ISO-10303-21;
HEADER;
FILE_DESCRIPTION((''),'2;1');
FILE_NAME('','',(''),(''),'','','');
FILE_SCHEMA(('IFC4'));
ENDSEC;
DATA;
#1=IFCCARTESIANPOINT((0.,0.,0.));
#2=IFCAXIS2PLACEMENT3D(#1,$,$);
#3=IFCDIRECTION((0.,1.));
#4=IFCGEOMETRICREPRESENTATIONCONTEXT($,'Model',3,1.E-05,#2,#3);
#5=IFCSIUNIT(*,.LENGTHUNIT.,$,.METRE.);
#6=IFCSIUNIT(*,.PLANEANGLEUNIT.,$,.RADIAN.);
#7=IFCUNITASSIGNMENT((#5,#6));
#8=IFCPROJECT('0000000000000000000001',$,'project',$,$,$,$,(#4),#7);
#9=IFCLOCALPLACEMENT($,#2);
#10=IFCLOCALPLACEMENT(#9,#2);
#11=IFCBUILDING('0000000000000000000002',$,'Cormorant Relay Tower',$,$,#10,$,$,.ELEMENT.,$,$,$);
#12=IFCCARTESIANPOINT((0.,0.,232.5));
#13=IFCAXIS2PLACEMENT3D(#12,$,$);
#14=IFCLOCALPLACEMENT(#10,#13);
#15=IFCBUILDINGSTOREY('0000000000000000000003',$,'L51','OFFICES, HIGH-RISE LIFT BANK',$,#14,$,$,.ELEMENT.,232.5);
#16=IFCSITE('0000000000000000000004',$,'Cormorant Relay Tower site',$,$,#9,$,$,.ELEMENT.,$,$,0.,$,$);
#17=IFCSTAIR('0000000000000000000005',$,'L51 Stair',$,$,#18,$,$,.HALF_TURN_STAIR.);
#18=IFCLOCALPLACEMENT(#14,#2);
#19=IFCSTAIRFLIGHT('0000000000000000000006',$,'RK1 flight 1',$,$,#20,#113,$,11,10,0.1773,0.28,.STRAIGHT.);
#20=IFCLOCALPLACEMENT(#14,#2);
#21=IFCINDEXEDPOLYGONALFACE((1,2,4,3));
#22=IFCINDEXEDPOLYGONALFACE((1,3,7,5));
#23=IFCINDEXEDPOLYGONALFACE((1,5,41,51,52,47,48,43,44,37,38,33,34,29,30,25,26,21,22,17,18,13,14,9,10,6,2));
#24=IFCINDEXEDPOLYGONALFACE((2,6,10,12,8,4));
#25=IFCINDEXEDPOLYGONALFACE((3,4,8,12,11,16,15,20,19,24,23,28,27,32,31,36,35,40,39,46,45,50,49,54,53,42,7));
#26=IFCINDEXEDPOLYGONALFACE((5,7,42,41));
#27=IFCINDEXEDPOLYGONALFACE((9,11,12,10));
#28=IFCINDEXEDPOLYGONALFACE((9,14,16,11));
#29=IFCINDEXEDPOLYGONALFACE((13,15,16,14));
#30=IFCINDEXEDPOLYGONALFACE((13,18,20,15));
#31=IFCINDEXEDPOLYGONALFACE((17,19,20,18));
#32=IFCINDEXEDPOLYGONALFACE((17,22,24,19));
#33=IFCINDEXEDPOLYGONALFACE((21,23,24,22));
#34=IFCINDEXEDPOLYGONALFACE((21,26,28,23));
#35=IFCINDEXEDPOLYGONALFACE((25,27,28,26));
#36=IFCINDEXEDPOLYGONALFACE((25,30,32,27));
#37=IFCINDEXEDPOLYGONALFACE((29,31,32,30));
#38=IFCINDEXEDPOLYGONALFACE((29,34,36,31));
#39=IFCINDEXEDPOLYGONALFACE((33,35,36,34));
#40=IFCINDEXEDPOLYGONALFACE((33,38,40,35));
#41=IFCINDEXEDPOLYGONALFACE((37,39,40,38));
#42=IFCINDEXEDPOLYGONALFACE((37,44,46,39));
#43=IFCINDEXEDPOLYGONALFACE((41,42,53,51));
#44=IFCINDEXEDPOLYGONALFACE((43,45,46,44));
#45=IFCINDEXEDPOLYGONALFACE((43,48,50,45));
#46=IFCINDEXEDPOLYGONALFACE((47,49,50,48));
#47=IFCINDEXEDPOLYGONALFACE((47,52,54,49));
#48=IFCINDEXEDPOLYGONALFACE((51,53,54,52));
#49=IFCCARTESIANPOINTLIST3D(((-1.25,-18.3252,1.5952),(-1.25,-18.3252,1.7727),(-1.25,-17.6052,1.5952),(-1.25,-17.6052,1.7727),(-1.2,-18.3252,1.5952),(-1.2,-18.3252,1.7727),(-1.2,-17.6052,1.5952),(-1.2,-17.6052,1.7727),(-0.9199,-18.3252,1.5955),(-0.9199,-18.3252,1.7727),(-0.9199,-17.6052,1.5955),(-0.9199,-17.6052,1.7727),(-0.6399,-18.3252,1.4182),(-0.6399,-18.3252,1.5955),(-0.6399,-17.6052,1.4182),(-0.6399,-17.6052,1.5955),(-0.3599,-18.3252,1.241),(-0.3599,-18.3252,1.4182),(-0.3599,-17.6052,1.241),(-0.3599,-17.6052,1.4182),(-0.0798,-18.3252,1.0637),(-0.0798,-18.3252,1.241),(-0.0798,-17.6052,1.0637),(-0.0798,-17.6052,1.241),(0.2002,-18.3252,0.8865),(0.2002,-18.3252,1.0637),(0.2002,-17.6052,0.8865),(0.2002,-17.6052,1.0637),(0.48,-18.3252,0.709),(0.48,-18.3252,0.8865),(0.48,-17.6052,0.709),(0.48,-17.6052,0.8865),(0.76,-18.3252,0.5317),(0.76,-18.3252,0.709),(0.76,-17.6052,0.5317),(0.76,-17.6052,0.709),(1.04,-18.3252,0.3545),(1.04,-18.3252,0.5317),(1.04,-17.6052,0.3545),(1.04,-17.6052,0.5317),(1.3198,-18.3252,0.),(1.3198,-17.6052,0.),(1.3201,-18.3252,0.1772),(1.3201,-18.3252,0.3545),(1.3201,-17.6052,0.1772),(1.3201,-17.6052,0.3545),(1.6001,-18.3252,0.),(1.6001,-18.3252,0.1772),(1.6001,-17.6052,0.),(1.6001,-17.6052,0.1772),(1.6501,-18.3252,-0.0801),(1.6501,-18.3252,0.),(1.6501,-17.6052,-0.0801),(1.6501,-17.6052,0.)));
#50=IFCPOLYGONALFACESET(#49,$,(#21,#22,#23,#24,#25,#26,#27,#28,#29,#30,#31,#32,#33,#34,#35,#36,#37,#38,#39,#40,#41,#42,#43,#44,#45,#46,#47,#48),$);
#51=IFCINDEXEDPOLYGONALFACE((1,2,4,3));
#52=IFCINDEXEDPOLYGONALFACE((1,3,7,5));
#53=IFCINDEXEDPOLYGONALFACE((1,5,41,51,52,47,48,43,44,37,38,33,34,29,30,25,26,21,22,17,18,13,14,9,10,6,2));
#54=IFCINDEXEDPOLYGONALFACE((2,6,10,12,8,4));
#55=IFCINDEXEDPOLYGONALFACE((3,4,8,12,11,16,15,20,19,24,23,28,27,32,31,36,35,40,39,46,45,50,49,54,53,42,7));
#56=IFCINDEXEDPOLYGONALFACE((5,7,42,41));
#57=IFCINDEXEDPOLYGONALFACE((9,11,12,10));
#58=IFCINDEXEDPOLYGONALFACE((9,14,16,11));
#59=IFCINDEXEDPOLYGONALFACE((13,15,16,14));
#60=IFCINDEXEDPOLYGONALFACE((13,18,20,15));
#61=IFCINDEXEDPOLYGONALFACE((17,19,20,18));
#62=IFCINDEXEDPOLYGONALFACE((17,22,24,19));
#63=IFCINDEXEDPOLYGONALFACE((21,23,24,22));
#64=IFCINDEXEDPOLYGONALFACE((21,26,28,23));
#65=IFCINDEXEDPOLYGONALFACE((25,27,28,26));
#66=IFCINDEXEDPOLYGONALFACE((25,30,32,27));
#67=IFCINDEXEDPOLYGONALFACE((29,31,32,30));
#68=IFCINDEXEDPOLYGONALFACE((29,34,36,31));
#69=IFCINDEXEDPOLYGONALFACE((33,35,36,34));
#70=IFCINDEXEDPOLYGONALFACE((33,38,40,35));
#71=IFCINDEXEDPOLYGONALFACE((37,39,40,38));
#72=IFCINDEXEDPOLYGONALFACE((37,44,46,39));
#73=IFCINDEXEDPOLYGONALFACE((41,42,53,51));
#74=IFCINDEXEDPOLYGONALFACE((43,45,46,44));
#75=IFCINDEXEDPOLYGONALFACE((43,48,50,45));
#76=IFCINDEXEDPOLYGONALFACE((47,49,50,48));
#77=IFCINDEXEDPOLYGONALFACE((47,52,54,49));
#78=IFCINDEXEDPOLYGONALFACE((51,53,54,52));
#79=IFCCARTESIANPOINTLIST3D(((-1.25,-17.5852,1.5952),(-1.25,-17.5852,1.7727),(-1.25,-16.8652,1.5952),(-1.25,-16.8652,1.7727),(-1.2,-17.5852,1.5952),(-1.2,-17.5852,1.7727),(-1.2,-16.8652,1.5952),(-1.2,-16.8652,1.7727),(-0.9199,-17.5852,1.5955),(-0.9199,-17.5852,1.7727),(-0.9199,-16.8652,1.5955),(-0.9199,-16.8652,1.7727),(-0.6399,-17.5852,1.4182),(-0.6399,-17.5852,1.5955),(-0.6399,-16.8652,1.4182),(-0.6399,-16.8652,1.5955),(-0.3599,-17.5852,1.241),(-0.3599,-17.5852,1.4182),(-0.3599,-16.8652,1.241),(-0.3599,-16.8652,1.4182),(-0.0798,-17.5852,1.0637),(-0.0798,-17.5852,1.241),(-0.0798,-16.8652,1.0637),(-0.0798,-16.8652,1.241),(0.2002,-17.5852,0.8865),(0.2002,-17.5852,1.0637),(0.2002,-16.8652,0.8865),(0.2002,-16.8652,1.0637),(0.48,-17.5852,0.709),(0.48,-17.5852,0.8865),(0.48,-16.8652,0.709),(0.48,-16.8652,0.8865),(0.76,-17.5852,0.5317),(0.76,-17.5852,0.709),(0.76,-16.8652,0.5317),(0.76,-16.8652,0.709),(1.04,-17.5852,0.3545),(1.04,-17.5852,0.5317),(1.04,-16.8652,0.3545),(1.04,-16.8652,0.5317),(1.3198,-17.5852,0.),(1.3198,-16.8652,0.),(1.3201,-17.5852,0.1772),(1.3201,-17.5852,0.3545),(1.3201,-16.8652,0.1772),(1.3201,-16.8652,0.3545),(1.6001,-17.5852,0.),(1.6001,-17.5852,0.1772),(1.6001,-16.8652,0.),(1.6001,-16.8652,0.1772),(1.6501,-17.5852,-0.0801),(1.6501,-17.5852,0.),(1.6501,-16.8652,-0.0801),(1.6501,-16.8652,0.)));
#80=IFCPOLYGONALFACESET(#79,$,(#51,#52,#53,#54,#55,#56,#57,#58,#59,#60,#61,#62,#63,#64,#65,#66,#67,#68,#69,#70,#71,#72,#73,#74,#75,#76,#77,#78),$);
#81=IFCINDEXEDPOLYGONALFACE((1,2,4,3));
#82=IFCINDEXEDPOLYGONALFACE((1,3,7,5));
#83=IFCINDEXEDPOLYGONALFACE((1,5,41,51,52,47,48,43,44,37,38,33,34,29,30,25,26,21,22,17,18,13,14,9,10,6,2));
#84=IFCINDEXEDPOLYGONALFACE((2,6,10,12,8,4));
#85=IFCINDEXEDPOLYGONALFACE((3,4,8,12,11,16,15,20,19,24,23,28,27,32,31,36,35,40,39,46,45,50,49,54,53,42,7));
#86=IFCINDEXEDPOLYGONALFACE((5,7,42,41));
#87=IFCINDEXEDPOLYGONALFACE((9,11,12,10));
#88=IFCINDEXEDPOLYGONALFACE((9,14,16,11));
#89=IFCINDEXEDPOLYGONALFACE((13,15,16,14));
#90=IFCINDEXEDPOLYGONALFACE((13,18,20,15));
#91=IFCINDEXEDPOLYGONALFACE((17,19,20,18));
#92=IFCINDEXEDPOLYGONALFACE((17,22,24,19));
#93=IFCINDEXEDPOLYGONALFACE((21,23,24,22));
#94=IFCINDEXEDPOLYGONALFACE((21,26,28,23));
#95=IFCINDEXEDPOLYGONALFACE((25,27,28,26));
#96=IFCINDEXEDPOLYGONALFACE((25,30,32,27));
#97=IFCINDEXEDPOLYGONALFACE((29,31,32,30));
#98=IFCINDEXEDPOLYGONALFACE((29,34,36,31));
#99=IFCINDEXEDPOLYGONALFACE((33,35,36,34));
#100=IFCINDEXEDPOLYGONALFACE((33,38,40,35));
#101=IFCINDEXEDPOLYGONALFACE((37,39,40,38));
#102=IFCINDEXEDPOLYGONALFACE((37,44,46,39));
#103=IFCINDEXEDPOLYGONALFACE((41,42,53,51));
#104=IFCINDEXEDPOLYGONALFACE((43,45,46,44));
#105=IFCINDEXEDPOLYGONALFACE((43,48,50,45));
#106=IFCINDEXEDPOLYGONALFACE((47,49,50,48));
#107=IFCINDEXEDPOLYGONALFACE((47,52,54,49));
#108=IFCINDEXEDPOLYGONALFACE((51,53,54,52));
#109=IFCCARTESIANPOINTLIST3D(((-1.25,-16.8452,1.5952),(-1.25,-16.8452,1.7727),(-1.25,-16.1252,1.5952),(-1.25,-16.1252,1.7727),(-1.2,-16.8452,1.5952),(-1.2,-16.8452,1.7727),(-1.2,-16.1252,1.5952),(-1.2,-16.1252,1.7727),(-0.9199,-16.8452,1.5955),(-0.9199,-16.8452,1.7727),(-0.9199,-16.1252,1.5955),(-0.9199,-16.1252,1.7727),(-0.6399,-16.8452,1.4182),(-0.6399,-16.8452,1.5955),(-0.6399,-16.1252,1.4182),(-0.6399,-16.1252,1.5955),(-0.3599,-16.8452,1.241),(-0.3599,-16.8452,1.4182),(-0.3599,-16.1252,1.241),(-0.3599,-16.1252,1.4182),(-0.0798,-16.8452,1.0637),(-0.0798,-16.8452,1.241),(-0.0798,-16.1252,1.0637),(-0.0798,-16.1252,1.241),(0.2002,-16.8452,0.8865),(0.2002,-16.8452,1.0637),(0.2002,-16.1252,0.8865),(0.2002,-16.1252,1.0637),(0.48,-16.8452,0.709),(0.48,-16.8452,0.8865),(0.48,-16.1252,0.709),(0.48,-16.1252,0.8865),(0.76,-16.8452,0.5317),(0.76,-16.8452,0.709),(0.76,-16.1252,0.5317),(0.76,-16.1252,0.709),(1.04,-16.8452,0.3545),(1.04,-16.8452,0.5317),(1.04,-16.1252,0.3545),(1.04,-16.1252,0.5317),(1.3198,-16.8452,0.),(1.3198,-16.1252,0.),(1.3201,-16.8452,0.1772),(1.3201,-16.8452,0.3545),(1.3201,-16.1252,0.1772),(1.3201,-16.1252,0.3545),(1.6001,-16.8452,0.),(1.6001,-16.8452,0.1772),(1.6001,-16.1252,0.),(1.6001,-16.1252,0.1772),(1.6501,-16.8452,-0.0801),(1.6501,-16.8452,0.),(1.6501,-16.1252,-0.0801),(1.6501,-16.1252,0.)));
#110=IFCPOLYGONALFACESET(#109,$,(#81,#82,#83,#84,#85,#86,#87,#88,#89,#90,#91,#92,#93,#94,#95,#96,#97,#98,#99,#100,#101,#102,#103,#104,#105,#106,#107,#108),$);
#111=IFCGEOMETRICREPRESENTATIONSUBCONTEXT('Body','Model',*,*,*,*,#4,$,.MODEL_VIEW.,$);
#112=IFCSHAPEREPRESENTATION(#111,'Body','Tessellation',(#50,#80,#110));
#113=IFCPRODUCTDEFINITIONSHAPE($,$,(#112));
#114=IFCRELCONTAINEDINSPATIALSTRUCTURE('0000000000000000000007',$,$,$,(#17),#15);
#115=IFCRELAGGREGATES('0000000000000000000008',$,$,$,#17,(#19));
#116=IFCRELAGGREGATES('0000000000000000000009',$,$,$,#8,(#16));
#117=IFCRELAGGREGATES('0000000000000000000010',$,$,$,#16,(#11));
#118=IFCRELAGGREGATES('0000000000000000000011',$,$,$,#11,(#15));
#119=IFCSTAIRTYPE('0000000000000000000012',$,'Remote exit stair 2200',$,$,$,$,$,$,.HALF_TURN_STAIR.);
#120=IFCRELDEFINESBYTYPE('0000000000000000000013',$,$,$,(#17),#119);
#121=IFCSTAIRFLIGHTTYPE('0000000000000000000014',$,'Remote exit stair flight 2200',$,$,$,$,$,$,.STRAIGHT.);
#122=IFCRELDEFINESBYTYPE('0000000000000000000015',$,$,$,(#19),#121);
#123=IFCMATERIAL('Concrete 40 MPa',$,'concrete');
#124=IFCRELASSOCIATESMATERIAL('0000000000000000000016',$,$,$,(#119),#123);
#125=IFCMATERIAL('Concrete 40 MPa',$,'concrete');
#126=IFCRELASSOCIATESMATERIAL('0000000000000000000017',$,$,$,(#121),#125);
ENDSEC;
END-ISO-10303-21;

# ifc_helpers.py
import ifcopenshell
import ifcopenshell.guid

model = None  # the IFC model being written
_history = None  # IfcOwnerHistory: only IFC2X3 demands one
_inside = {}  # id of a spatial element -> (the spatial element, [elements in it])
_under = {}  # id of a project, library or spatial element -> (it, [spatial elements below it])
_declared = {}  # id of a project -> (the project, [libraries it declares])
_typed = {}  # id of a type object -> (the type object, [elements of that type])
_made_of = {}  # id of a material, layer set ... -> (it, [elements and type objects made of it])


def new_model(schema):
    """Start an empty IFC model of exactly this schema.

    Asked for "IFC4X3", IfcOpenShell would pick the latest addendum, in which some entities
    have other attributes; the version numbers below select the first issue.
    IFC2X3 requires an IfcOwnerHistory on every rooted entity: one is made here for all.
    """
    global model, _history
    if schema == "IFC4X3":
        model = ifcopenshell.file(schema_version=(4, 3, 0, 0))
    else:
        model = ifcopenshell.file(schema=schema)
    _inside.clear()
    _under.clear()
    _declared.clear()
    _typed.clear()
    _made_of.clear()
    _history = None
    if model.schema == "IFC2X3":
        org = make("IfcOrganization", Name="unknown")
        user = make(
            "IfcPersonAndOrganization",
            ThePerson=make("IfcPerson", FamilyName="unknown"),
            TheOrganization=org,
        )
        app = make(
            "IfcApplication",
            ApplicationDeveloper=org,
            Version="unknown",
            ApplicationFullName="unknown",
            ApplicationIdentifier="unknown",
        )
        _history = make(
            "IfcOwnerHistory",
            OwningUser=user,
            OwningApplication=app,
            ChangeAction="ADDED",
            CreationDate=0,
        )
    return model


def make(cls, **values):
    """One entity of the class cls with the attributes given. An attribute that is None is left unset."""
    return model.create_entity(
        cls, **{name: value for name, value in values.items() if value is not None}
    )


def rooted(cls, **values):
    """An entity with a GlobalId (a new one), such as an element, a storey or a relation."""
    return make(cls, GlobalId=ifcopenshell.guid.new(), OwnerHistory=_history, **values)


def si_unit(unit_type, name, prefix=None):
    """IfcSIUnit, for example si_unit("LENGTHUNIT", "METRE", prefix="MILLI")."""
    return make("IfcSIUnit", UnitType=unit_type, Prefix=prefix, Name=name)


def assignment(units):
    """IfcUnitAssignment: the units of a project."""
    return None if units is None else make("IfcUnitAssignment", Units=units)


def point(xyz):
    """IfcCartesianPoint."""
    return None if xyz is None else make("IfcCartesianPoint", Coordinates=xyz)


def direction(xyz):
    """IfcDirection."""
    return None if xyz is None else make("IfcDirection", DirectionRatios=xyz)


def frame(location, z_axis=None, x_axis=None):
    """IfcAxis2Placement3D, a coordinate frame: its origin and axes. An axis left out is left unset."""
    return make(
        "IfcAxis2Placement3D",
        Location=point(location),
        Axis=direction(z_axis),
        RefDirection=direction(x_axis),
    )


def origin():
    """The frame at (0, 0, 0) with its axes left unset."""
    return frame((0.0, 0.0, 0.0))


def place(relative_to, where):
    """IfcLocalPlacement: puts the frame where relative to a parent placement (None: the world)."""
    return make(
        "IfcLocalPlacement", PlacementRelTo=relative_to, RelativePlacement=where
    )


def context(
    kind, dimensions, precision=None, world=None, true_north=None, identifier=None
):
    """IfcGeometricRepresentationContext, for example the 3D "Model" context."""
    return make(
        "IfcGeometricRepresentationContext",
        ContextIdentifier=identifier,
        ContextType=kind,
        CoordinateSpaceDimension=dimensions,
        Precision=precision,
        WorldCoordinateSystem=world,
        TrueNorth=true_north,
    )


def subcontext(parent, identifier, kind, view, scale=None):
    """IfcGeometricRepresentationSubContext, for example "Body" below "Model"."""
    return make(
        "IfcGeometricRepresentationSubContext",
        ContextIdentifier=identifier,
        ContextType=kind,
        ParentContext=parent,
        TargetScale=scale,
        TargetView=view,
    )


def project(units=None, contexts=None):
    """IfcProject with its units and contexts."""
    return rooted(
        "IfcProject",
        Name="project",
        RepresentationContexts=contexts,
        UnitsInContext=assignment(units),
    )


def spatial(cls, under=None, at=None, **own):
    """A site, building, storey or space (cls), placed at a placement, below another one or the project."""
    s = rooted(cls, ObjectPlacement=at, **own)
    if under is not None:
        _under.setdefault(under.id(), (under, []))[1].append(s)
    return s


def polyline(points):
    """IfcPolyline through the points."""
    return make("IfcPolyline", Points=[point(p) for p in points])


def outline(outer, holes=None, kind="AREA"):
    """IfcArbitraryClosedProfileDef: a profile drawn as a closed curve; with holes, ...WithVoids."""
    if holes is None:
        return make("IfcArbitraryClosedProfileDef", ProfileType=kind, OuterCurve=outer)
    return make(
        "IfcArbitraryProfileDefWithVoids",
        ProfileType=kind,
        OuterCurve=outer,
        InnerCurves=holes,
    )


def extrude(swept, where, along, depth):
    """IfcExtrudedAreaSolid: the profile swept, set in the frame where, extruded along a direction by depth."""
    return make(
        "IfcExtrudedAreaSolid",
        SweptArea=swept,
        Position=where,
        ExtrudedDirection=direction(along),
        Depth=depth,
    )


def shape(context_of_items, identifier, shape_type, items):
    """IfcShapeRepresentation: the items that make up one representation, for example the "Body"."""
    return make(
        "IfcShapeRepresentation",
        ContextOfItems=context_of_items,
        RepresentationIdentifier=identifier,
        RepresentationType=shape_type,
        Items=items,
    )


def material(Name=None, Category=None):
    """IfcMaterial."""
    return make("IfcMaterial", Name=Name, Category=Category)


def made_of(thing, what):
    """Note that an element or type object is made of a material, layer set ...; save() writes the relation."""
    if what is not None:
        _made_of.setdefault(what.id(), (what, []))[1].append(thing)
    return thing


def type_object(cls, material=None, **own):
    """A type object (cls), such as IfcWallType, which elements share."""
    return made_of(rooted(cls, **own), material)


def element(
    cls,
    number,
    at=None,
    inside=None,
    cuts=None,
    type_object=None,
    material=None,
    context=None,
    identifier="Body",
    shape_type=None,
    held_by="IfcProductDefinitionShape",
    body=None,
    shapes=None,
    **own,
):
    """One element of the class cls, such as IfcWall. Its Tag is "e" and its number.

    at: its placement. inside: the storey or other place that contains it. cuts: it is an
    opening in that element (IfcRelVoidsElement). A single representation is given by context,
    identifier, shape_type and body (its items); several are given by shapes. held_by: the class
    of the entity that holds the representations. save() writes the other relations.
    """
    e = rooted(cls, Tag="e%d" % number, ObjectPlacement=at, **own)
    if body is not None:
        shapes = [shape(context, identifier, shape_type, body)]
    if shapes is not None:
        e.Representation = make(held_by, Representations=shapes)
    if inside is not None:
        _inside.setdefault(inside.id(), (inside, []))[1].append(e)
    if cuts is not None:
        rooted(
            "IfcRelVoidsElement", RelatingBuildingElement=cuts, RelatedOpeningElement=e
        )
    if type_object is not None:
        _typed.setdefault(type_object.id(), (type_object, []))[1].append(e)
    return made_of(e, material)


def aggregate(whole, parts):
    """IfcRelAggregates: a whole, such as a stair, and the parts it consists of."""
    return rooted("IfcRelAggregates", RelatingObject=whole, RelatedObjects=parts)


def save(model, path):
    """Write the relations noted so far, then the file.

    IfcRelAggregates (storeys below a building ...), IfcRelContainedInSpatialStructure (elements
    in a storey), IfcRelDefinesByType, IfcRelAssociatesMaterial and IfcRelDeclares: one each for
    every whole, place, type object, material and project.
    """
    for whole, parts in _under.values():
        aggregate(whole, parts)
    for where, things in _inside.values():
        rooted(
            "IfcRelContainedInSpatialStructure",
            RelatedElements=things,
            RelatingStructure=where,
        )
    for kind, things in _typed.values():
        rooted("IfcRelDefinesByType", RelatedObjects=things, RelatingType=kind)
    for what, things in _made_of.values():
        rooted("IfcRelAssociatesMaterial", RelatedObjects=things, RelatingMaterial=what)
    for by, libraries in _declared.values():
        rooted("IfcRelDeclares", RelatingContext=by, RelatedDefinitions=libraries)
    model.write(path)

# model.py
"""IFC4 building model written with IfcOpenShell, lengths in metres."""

from ifc_helpers import new_model, si_unit, direction, frame, origin, place, context, subcontext, project, spatial, polyline, outline, extrude, material, type_object, element, aggregate, save


model = new_model("IFC4")

# Units and contexts
model_context = context("Model", 3, precision=1e-05, world=origin(), true_north=direction((0.0, 1.0)))
body_context = subcontext(model_context, "Body", "Model", "MODEL_VIEW")
ifc_project = project(units=[si_unit("LENGTHUNIT", "METRE"), si_unit("PLANEANGLEUNIT", "RADIAN")], contexts=[model_context])

# Site, building, storey
site_placement = place(None, origin())
site = spatial("IfcSite", under=ifc_project, at=site_placement, Name="Cormorant Relay Tower site", CompositionType="ELEMENT", RefElevation=0.0)
building_placement = place(site_placement, origin())
building = spatial("IfcBuilding", under=site, at=building_placement, Name="Cormorant Relay Tower", CompositionType="ELEMENT")
storey_placement = place(building_placement, frame((0.0, 0.0, 232.5)))
storey = spatial("IfcBuildingStorey", under=building, at=storey_placement, Name="L51", Description="OFFICES, HIGH-RISE LIFT BANK", CompositionType="ELEMENT", Elevation=232.5)

# Stair, stair flight
ifc_material_1 = material(Name="Concrete 40 MPa", Category="concrete")
stair_type = type_object("IfcStairType", Name="Remote exit stair 2200", PredefinedType="HALF_TURN_STAIR", material=ifc_material_1)
stair_placement = place(storey_placement, origin())
stair = element("IfcStair", 1, at=stair_placement, inside=storey, type_object=stair_type, Name="L51 Stair", PredefinedType="HALF_TURN_STAIR")
ifc_material_2 = material(Name="Concrete 40 MPa", Category="concrete")
stair_flight_type = type_object("IfcStairFlightType", Name="Remote exit stair flight 2200", PredefinedType="STRAIGHT", material=ifc_material_2)
stair_flight_1_placement = place(storey_placement, frame((1.6001, -17.2251, 0.0), z_axis=(0.0, 0.0, 1.0), x_axis=(-1.0, 0.0, 0.0)))
stair_flight_1 = element("IfcStairFlight", 2, at=stair_flight_1_placement, type_object=stair_flight_type, Name="RK1 flight 1", NumberOfRisers=11, NumberOfTreads=10, PredefinedType="STRAIGHT", RiserHeight=0.1773, TreadLength=0.28, context=body_context, shape_type="SweptSolid", body=[
    extrude(outline(polyline([(-0.05, -0.0801), (-0.05, 0.0), (0.0, 0.0), (0.0, 0.1772), (0.28, 0.1772), (0.28, 0.3545), (0.5601, 0.3545), (0.5601, 0.5317), (0.8401, 0.5317), (0.8401, 0.709), (1.1201, 0.709), (1.1201, 0.8865), (1.3999, 0.8865), (1.3999, 1.0637), (1.6799, 1.0637), (1.6799, 1.241), (1.96, 1.241), (1.96, 1.4182), (2.24, 1.4182), (2.24, 1.5955), (2.52, 1.5955), (2.52, 1.7727), (2.8, 1.7727), (2.8501, 1.7727), (2.8501, 1.5952), (2.8, 1.5952), (0.2803, 0.0), (-0.05, -0.0801)])), frame((0.0, 1.1001, 0.0), z_axis=(0.0, -1.0, 0.0), x_axis=(1.0, 0.0, 0.0)), (0.0, 0.0, 1.0), 0.72),
    extrude(outline(polyline([(-0.05, -0.0801), (-0.05, 0.0), (0.0, 0.0), (0.0, 0.1772), (0.28, 0.1772), (0.28, 0.3545), (0.5601, 0.3545), (0.5601, 0.5317), (0.8401, 0.5317), (0.8401, 0.709), (1.1201, 0.709), (1.1201, 0.8865), (1.3999, 0.8865), (1.3999, 1.0637), (1.6799, 1.0637), (1.6799, 1.241), (1.96, 1.241), (1.96, 1.4182), (2.24, 1.4182), (2.24, 1.5955), (2.52, 1.5955), (2.52, 1.7727), (2.8, 1.7727), (2.8501, 1.7727), (2.8501, 1.5952), (2.8, 1.5952), (0.2803, 0.0), (-0.05, -0.0801)])), frame((0.0, 0.3601, 0.0), z_axis=(0.0, -1.0, 0.0), x_axis=(1.0, 0.0, 0.0)), (0.0, 0.0, 1.0), 0.72),
    extrude(outline(polyline([(-0.05, -0.0801), (-0.05, 0.0), (0.0, 0.0), (0.0, 0.1772), (0.28, 0.1772), (0.28, 0.3545), (0.5601, 0.3545), (0.5601, 0.5317), (0.8401, 0.5317), (0.8401, 0.709), (1.1201, 0.709), (1.1201, 0.8865), (1.3999, 0.8865), (1.3999, 1.0637), (1.6799, 1.0637), (1.6799, 1.241), (1.96, 1.241), (1.96, 1.4182), (2.24, 1.4182), (2.24, 1.5955), (2.52, 1.5955), (2.52, 1.7727), (2.8, 1.7727), (2.8501, 1.7727), (2.8501, 1.5952), (2.8, 1.5952), (0.2803, 0.0), (-0.05, -0.0801)])), frame((0.0, -0.3799, 0.0), z_axis=(0.0, -1.0, 0.0), x_axis=(1.0, 0.0, 0.0)), (0.0, 0.0, 1.0), 0.72),
])
aggregate(stair, [stair_flight_1])

save(model, "model.ifc")
